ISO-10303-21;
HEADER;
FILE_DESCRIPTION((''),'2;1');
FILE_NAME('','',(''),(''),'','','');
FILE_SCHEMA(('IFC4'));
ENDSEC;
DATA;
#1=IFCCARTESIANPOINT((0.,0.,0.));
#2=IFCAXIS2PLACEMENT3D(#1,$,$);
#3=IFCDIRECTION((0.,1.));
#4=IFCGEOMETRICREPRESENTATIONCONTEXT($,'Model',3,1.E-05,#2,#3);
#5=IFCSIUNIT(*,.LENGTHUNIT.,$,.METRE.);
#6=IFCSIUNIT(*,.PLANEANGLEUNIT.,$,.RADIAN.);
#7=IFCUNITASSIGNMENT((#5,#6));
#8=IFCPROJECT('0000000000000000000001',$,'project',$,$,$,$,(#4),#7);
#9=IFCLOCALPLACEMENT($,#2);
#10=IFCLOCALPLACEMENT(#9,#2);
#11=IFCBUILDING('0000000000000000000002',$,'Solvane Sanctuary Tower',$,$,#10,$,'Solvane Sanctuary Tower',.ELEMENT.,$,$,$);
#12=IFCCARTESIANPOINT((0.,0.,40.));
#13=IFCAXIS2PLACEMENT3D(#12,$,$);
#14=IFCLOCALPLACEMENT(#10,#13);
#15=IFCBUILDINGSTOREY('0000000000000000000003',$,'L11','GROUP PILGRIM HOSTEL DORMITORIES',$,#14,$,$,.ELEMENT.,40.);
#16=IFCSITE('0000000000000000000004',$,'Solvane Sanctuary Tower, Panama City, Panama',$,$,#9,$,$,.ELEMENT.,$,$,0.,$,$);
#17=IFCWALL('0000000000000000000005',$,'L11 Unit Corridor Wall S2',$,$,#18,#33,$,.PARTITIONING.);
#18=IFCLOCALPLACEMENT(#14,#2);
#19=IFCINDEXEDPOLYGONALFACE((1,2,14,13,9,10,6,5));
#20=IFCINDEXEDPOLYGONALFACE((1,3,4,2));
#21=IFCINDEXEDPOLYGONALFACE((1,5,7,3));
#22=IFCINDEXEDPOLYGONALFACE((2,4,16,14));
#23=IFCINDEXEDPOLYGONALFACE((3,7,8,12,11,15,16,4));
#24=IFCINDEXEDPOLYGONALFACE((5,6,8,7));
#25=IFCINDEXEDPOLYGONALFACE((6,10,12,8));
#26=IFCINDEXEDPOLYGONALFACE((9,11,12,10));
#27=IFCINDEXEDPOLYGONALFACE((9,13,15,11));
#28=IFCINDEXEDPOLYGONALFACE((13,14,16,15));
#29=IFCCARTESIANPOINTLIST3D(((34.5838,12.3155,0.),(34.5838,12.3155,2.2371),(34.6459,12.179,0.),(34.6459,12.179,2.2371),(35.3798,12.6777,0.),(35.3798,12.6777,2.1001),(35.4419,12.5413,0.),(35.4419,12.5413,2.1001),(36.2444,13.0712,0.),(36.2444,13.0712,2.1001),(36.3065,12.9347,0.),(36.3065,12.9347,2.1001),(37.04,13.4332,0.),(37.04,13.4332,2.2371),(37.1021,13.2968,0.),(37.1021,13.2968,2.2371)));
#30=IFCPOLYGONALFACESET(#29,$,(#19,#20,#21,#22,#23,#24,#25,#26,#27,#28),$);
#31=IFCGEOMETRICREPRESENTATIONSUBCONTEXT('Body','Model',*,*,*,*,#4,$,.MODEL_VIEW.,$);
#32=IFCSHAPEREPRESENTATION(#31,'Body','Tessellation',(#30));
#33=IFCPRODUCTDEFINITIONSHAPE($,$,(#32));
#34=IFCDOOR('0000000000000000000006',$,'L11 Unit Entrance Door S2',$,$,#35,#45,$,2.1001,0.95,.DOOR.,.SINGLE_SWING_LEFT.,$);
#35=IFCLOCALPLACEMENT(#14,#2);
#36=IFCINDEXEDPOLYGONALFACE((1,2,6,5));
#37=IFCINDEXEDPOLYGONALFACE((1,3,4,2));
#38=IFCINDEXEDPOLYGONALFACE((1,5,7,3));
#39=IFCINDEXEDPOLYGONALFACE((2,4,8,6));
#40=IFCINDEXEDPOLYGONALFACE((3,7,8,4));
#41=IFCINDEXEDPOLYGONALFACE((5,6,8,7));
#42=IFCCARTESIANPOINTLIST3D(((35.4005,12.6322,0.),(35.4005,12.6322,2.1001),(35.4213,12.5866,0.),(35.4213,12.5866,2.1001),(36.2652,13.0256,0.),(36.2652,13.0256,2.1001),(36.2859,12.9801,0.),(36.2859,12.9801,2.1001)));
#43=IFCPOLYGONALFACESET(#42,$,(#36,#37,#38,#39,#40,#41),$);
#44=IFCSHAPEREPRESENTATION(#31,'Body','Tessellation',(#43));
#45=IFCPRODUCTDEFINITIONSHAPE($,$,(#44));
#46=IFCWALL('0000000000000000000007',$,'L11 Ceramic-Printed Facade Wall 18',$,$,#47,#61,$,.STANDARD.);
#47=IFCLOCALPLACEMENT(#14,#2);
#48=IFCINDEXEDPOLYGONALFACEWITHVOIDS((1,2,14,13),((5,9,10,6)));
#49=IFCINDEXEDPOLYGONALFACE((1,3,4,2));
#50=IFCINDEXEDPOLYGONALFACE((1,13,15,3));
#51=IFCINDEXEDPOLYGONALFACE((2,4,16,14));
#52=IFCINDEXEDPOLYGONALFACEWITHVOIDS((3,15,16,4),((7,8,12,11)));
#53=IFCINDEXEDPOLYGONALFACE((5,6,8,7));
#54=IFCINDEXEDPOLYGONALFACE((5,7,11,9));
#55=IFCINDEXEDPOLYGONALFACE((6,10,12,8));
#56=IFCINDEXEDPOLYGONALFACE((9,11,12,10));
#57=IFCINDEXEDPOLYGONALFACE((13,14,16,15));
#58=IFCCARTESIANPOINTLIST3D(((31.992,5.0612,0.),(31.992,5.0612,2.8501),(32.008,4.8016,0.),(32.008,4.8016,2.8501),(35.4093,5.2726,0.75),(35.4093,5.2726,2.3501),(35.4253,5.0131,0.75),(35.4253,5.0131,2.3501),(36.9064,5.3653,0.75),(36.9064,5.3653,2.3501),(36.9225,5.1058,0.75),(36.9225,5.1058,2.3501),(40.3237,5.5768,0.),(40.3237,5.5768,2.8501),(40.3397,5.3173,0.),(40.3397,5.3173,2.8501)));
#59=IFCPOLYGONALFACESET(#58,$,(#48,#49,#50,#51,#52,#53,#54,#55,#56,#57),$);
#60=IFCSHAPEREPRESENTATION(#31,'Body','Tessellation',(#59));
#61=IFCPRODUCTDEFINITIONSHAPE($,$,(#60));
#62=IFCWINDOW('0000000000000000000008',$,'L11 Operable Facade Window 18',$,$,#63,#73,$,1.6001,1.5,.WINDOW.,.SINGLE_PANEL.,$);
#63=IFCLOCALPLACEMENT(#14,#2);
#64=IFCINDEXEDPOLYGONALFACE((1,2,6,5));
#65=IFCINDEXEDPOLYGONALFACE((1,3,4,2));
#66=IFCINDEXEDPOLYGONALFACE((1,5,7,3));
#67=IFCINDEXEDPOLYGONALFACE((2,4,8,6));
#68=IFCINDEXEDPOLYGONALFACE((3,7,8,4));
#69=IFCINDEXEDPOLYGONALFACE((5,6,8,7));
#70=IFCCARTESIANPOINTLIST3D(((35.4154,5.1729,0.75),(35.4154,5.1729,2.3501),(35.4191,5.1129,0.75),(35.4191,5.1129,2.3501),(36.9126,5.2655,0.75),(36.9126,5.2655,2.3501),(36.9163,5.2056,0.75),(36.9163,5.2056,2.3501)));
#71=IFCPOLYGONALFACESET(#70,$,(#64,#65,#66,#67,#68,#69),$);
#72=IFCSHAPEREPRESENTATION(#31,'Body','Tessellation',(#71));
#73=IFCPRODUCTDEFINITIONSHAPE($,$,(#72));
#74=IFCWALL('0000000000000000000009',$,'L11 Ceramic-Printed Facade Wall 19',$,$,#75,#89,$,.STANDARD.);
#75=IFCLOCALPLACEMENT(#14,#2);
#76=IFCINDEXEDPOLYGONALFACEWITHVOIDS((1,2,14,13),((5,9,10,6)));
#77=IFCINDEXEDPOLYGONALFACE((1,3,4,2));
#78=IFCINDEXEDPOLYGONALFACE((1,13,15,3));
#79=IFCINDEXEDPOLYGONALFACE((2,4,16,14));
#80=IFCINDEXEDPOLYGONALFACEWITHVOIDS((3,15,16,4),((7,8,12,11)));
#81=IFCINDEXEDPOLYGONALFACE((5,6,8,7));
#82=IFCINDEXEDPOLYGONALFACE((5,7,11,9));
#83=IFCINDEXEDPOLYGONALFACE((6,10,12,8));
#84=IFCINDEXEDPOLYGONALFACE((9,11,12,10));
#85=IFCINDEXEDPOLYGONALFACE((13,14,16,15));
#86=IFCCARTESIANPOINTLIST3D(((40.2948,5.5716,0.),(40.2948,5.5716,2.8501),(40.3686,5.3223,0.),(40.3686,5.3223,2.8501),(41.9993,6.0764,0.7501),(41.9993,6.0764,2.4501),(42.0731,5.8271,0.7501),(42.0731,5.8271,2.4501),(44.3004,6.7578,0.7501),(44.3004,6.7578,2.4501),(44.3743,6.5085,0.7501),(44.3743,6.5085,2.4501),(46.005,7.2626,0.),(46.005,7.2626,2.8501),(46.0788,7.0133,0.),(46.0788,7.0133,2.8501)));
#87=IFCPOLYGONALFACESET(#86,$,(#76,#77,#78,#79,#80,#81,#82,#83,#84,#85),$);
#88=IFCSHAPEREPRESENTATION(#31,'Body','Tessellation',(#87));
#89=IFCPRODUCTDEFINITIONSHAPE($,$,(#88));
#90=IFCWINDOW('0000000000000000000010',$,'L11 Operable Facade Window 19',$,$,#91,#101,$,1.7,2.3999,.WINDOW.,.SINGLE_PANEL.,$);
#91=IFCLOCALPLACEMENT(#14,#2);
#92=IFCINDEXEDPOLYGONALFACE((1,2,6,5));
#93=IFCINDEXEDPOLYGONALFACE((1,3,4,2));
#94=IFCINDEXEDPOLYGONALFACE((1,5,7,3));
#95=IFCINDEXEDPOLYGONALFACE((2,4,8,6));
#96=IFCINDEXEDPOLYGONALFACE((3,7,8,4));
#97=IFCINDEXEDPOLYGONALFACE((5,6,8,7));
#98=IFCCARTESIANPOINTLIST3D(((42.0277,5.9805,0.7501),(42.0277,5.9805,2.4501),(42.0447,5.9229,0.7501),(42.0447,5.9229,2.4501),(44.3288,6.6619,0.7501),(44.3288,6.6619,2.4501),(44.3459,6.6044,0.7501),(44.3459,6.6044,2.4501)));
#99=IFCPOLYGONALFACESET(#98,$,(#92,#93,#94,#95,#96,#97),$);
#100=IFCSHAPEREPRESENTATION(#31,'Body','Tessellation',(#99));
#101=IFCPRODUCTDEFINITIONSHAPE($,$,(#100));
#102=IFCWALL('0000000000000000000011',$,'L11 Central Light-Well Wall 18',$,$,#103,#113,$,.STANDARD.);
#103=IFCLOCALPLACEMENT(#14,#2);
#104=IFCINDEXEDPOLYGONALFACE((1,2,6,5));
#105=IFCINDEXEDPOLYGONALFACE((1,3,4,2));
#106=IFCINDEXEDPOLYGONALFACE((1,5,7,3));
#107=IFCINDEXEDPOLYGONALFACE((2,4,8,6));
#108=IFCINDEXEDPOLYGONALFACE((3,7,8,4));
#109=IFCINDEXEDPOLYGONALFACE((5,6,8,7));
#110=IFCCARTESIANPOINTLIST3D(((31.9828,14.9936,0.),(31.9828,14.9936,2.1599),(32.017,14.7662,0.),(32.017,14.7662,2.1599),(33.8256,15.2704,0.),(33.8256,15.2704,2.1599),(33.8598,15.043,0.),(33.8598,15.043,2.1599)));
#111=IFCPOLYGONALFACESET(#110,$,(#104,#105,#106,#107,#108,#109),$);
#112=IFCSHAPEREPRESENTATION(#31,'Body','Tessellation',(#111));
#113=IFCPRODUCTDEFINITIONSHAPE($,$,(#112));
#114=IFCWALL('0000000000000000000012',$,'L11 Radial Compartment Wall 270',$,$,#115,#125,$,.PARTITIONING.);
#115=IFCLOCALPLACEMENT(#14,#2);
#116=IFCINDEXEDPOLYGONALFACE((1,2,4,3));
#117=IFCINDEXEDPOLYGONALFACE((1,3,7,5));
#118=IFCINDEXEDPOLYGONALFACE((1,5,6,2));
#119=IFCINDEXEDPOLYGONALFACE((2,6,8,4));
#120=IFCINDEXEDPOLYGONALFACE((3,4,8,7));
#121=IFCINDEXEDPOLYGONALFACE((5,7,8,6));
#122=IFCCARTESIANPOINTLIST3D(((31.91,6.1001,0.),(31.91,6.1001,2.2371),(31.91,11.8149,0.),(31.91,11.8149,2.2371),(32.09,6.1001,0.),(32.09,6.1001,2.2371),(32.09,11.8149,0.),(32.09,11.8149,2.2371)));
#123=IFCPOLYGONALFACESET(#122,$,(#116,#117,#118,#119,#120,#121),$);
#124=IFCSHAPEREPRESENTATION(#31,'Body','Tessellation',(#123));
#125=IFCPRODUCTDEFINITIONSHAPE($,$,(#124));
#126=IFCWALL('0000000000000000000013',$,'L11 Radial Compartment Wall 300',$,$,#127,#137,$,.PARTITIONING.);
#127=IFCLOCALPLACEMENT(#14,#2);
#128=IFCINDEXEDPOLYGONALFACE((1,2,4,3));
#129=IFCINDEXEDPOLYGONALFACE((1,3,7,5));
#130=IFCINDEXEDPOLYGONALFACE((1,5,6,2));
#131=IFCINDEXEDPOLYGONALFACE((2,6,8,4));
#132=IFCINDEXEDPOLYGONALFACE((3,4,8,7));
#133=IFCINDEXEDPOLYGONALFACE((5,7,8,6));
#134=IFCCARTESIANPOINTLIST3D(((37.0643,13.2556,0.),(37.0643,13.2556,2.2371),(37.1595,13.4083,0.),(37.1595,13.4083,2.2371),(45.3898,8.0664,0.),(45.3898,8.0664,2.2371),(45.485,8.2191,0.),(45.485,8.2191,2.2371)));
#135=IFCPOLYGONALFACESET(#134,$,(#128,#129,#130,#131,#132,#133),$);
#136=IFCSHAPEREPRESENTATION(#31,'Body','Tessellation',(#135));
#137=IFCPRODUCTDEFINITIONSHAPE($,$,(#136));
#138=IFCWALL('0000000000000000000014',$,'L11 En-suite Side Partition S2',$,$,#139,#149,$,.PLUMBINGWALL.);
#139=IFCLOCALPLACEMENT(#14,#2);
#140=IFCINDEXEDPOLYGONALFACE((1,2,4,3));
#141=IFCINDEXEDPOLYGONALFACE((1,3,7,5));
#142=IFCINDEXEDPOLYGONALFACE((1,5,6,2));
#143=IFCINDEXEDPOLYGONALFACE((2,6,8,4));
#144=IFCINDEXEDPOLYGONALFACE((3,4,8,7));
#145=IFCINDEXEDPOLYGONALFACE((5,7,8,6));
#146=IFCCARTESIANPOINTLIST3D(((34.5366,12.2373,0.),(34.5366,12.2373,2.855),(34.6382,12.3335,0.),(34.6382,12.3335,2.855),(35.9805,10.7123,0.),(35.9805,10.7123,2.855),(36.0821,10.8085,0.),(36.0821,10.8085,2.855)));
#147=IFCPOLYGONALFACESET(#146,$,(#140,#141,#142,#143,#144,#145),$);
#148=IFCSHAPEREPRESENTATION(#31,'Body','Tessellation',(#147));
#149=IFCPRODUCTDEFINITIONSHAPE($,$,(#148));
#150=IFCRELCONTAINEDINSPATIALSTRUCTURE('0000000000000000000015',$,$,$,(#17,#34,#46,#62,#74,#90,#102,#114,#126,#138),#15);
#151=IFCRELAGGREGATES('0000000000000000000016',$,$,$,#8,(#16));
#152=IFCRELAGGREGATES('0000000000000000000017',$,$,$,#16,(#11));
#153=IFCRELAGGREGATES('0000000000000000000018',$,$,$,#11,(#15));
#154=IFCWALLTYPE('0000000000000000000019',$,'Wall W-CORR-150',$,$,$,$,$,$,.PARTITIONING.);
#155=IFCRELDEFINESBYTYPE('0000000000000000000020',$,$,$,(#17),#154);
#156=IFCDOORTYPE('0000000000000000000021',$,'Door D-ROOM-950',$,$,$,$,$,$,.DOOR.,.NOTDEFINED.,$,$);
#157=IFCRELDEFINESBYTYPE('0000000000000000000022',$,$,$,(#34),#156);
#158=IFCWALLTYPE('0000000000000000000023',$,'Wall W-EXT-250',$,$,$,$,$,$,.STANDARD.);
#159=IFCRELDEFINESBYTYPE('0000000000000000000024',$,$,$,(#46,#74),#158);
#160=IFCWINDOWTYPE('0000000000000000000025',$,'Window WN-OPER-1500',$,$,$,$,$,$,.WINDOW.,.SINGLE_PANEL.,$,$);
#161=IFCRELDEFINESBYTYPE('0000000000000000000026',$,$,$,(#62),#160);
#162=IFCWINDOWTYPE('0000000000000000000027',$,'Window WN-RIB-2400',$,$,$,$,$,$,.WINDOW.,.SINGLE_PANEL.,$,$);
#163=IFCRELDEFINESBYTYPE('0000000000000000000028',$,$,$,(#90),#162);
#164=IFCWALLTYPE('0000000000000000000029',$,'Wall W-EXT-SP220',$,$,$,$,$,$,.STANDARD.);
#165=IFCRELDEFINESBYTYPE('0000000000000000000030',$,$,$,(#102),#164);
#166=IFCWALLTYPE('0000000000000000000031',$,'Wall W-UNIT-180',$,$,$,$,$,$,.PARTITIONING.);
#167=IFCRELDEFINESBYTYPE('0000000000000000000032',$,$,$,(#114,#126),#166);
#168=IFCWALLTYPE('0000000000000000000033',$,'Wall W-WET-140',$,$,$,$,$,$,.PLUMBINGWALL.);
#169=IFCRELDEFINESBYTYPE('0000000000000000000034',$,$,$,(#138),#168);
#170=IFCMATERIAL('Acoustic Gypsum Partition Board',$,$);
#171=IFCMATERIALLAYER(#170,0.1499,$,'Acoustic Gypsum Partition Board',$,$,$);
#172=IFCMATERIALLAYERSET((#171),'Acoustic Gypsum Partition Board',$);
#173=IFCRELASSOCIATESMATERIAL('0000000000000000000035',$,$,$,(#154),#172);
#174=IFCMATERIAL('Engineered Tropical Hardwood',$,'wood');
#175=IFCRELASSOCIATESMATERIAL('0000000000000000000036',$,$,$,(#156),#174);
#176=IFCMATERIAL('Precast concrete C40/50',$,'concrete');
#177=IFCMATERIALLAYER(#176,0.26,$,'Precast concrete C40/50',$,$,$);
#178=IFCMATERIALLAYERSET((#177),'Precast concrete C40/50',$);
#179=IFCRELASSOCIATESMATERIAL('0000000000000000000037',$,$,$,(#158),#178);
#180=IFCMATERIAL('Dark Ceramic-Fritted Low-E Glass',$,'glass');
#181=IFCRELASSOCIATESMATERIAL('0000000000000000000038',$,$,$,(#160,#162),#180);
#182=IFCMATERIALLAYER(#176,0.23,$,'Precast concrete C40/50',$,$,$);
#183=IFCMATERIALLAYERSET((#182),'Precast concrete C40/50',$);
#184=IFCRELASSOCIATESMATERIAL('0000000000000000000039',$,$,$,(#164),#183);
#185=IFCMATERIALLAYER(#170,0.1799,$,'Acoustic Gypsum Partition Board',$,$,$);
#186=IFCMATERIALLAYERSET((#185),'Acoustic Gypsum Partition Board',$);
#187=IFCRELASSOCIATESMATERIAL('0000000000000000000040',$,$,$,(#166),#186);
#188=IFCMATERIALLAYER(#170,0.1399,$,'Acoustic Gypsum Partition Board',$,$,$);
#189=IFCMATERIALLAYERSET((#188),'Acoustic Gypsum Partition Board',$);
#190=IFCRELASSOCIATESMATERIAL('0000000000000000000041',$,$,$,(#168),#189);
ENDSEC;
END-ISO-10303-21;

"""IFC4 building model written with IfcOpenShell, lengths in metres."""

from ifc_helpers import new_model, si_unit, direction, frame, frame_2d, origin, place, context, subcontext, project, spatial, rectangle, extrude, material, layer, layer_set, type_object, element, fill, save


model = new_model("IFC4")

# Units and contexts
model_context = context("Model", 3, precision=1e-05, world=origin(), true_north=direction((0.0, 1.0)))
body_context = subcontext(model_context, "Body", "Model", "MODEL_VIEW")
ifc_project = project(units=[si_unit("LENGTHUNIT", "METRE"), si_unit("PLANEANGLEUNIT", "RADIAN")], contexts=[model_context])

# Site, building, storey
site_placement = place(None, origin())
site = spatial("IfcSite", under=ifc_project, at=site_placement, Name="Solvane Sanctuary Tower, Panama City, Panama", CompositionType="ELEMENT", RefElevation=0.0)
building_placement = place(site_placement, origin())
building = spatial("IfcBuilding", under=site, at=building_placement, Name="Solvane Sanctuary Tower", LongName="Solvane Sanctuary Tower", CompositionType="ELEMENT")
storey_placement = place(building_placement, frame((0.0, 0.0, 40.0)))
storey = spatial("IfcBuildingStorey", under=building, at=storey_placement, Name="L11", Description="GROUP PILGRIM HOSTEL DORMITORIES", CompositionType="ELEMENT", Elevation=40.0)

# Shared definitions
ifc_material_1 = material(Name="Acoustic Gypsum Partition Board")
ifc_layer_1 = layer(ifc_material_1, 0.1499, Name="Acoustic Gypsum Partition Board")
ifc_layer_set_1 = layer_set([ifc_layer_1], Name="Acoustic Gypsum Partition Board")
wall_type_1 = type_object("IfcWallType", Name="Wall W-CORR-150", PredefinedType="PARTITIONING", material=ifc_layer_set_1)

# Wall, opening, door
ifc_material_2 = material(Name="Engineered Tropical Hardwood", Category="wood")
wall_1_placement = place(storey_placement, frame((34.615, 12.2473, 0.0), z_axis=(0.0, 0.0, 1.0), x_axis=(0.910187, 0.414198, 0.0)))
wall_1 = element("IfcWall", 1, at=wall_1_placement, inside=storey, type_object=wall_type_1, Name="L11 Unit Corridor Wall S2", PredefinedType="PARTITIONING", context=body_context, shape_type="SweptSolid", body=[
    extrude(rectangle(XDim=2.6985, YDim=0.1499, at=frame_2d((1.3491, 0.0))), origin(), (0.0, 0.0, 1.0), 2.2371),
])
opening_1_placement = place(wall_1_placement, frame((0.8743, 0.0, 0.0)))
opening_1 = element("IfcOpeningElement", 2, at=opening_1_placement, cuts=wall_1, PredefinedType="OPENING", context=body_context, shape_type="SweptSolid", body=[
    extrude(rectangle(XDim=0.95, YDim=2.1001, at=frame_2d((0.4751, 1.05))), frame((0.0, 0.085, 0.0), z_axis=(0.0, -1.0, 0.0), x_axis=(1.0, 0.0, 0.0)), (0.0, 0.0, 1.0), 0.1699),
])
door_type_1 = type_object("IfcDoorType", Name="Door D-ROOM-950", OperationType="NOTDEFINED", PredefinedType="DOOR", material=ifc_material_2)
door_1_placement = place(opening_1_placement, origin())
door_1 = element("IfcDoor", 3, at=door_1_placement, inside=storey, type_object=door_type_1, Name="L11 Unit Entrance Door S2", OperationType="SINGLE_SWING_LEFT", OverallHeight=2.1001, OverallWidth=0.95, PredefinedType="DOOR", context=body_context, shape_type="SweptSolid", body=[
    extrude(rectangle(XDim=0.95, YDim=2.1001, at=frame_2d((0.4751, 1.05))), frame((0.0, 0.0249, 0.0), z_axis=(0.0, -1.0, 0.0), x_axis=(1.0, 0.0, 0.0)), (0.0, 0.0, 1.0), 0.05),
])
fill(opening_1, door_1)

# Walls, openings, windows
ifc_material_3 = material(Name="Precast concrete C40/50", Category="concrete")
ifc_layer_2 = layer(ifc_material_3, 0.26, Name="Precast concrete C40/50")
ifc_layer_set_2 = layer_set([ifc_layer_2], Name="Precast concrete C40/50")
wall_type_2 = type_object("IfcWallType", Name="Wall W-EXT-250", PredefinedType="STANDARD", material=ifc_layer_set_2)
wall_2_placement = place(storey_placement, frame((32.0, 4.9314, 0.0), z_axis=(0.0, 0.0, 1.0), x_axis=(0.998091, 0.061768, 0.0)))
wall_2 = element("IfcWall", 4, at=wall_2_placement, inside=storey, type_object=wall_type_2, Name="L11 Ceramic-Printed Facade Wall 18", PredefinedType="STANDARD", context=body_context, shape_type="SweptSolid", body=[
    extrude(rectangle(XDim=8.3477, YDim=0.26, at=frame_2d((4.1738, 0.0))), origin(), (0.0, 0.0, 1.0), 2.8501),
])
opening_2_placement = place(wall_2_placement, frame((3.4238, 0.0, 0.75)))
opening_2 = element("IfcOpeningElement", 5, at=opening_2_placement, cuts=wall_2, PredefinedType="OPENING", context=body_context, shape_type="SweptSolid", body=[
    extrude(rectangle(XDim=1.5, YDim=1.6001, at=frame_2d((0.75, 0.8))), frame((0.0, 0.1399, 0.0), z_axis=(0.0, -1.0, 0.0), x_axis=(1.0, 0.0, 0.0)), (0.0, 0.0, 1.0), 0.28),
])
ifc_material_4 = material(Name="Dark Ceramic-Fritted Low-E Glass", Category="glass")
window_type_1 = type_object("IfcWindowType", Name="Window WN-OPER-1500", PartitioningType="SINGLE_PANEL", PredefinedType="WINDOW", material=ifc_material_4)
window_1_placement = place(opening_2_placement, origin())
window_1 = element("IfcWindow", 6, at=window_1_placement, inside=storey, type_object=window_type_1, Name="L11 Operable Facade Window 18", OverallHeight=1.6001, OverallWidth=1.5, PartitioningType="SINGLE_PANEL", PredefinedType="WINDOW", context=body_context, shape_type="SweptSolid", body=[
    extrude(rectangle(XDim=1.5, YDim=1.6001, at=frame_2d((0.75, 0.8))), frame((0.0, 0.03, 0.0), z_axis=(0.0, -1.0, 0.0), x_axis=(1.0, 0.0, 0.0)), (0.0, 0.0, 1.0), 0.0601),
])
fill(opening_2, window_1)
wall_3_placement = place(storey_placement, frame((40.3318, 5.447, 0.0), z_axis=(0.0, 0.0, 1.0), x_axis=(0.958844, 0.283935, 0.0)))
wall_3 = element("IfcWall", 7, at=wall_3_placement, inside=storey, type_object=wall_type_2, Name="L11 Ceramic-Printed Facade Wall 19", PredefinedType="STANDARD", context=body_context, shape_type="SweptSolid", body=[
    extrude(rectangle(XDim=5.9553, YDim=0.26, at=frame_2d((2.9775, 0.0))), origin(), (0.0, 0.0, 1.0), 2.8501),
])
opening_3_placement = place(wall_3_placement, frame((1.7776, 0.0, 0.75)))
opening_3 = element("IfcOpeningElement", 8, at=opening_3_placement, cuts=wall_3, PredefinedType="OPENING", context=body_context, shape_type="SweptSolid", body=[
    extrude(rectangle(XDim=2.3999, YDim=1.7, at=frame_2d((1.2, 0.8501))), frame((0.0, 0.1399, 0.0), z_axis=(0.0, -1.0, 0.0), x_axis=(1.0, 0.0, 0.0)), (0.0, 0.0, 1.0), 0.28),
])
window_type_2 = type_object("IfcWindowType", Name="Window WN-RIB-2400", PartitioningType="SINGLE_PANEL", PredefinedType="WINDOW", material=ifc_material_4)
window_2_placement = place(opening_3_placement, origin())
window_2 = element("IfcWindow", 9, at=window_2_placement, inside=storey, type_object=window_type_2, Name="L11 Operable Facade Window 19", OverallHeight=1.7, OverallWidth=2.3999, PartitioningType="SINGLE_PANEL", PredefinedType="WINDOW", context=body_context, shape_type="SweptSolid", body=[
    extrude(rectangle(XDim=2.3999, YDim=1.7, at=frame_2d((1.2, 0.8501))), frame((0.0, 0.03, 0.0), z_axis=(0.0, -1.0, 0.0), x_axis=(1.0, 0.0, 0.0)), (0.0, 0.0, 1.0), 0.0601),
])
fill(opening_3, window_2)

# Walls
ifc_layer_3 = layer(ifc_material_3, 0.23, Name="Precast concrete C40/50")
ifc_layer_set_3 = layer_set([ifc_layer_3], Name="Precast concrete C40/50")
wall_type_3 = type_object("IfcWallType", Name="Wall W-EXT-SP220", PredefinedType="STANDARD", material=ifc_layer_set_3)
wall_4_placement = place(storey_placement, frame((32.0, 14.8799, 0.0), z_axis=(0.0, 0.0, 1.0), x_axis=(0.988902, 0.148571, 0.0)))
element("IfcWall", 10, at=wall_4_placement, inside=storey, type_object=wall_type_3, Name="L11 Central Light-Well Wall 18", PredefinedType="STANDARD", context=body_context, shape_type="SweptSolid", body=[
    extrude(rectangle(XDim=1.8635, YDim=0.23, at=frame_2d((0.9316, 0.0))), origin(), (0.0, 0.0, 1.0), 2.1599),
])
ifc_layer_4 = layer(ifc_material_1, 0.1799, Name="Acoustic Gypsum Partition Board")
ifc_layer_set_4 = layer_set([ifc_layer_4], Name="Acoustic Gypsum Partition Board")
wall_type_4 = type_object("IfcWallType", Name="Wall W-UNIT-180", PredefinedType="PARTITIONING", material=ifc_layer_set_4)
wall_5_placement = place(storey_placement, frame((32.0, 11.8149, 0.0), z_axis=(0.0, 0.0, 1.0), x_axis=(0.0, -1.0, 0.0)))
element("IfcWall", 11, at=wall_5_placement, inside=storey, type_object=wall_type_4, Name="L11 Radial Compartment Wall 270", PredefinedType="PARTITIONING", context=body_context, shape_type="SweptSolid", body=[
    extrude(rectangle(XDim=5.7148, YDim=0.1799, at=frame_2d((2.8574, 0.0))), origin(), (0.0, 0.0, 1.0), 2.2371),
])
wall_6_placement = place(storey_placement, frame((37.1118, 13.332, 0.0), z_axis=(0.0, 0.0, 1.0), x_axis=(0.848648, -0.528958, 0.0)))
element("IfcWall", 12, at=wall_6_placement, inside=storey, type_object=wall_type_4, Name="L11 Radial Compartment Wall 300", PredefinedType="PARTITIONING", context=body_context, shape_type="SweptSolid", body=[
    extrude(rectangle(XDim=9.8103, YDim=0.1799, at=frame_2d((4.9053, 0.0))), origin(), (0.0, 0.0, 1.0), 2.2371),
])
ifc_layer_5 = layer(ifc_material_1, 0.1399, Name="Acoustic Gypsum Partition Board")
ifc_layer_set_5 = layer_set([ifc_layer_5], Name="Acoustic Gypsum Partition Board")
wall_type_5 = type_object("IfcWallType", Name="Wall W-WET-140", PredefinedType="PLUMBINGWALL", material=ifc_layer_set_5)
wall_7_placement = place(storey_placement, frame((34.5874, 12.2854, 0.0), z_axis=(0.0, 0.0, 1.0), x_axis=(0.687545, -0.726142, 0.0)))
element("IfcWall", 13, at=wall_7_placement, inside=storey, type_object=wall_type_5, Name="L11 En-suite Side Partition S2", PredefinedType="PLUMBINGWALL", context=body_context, shape_type="SweptSolid", body=[
    extrude(rectangle(XDim=2.1001, YDim=0.1399, at=frame_2d((1.05, 0.0))), origin(), (0.0, 0.0, 1.0), 2.855),
])

save(model, "model.ifc")
